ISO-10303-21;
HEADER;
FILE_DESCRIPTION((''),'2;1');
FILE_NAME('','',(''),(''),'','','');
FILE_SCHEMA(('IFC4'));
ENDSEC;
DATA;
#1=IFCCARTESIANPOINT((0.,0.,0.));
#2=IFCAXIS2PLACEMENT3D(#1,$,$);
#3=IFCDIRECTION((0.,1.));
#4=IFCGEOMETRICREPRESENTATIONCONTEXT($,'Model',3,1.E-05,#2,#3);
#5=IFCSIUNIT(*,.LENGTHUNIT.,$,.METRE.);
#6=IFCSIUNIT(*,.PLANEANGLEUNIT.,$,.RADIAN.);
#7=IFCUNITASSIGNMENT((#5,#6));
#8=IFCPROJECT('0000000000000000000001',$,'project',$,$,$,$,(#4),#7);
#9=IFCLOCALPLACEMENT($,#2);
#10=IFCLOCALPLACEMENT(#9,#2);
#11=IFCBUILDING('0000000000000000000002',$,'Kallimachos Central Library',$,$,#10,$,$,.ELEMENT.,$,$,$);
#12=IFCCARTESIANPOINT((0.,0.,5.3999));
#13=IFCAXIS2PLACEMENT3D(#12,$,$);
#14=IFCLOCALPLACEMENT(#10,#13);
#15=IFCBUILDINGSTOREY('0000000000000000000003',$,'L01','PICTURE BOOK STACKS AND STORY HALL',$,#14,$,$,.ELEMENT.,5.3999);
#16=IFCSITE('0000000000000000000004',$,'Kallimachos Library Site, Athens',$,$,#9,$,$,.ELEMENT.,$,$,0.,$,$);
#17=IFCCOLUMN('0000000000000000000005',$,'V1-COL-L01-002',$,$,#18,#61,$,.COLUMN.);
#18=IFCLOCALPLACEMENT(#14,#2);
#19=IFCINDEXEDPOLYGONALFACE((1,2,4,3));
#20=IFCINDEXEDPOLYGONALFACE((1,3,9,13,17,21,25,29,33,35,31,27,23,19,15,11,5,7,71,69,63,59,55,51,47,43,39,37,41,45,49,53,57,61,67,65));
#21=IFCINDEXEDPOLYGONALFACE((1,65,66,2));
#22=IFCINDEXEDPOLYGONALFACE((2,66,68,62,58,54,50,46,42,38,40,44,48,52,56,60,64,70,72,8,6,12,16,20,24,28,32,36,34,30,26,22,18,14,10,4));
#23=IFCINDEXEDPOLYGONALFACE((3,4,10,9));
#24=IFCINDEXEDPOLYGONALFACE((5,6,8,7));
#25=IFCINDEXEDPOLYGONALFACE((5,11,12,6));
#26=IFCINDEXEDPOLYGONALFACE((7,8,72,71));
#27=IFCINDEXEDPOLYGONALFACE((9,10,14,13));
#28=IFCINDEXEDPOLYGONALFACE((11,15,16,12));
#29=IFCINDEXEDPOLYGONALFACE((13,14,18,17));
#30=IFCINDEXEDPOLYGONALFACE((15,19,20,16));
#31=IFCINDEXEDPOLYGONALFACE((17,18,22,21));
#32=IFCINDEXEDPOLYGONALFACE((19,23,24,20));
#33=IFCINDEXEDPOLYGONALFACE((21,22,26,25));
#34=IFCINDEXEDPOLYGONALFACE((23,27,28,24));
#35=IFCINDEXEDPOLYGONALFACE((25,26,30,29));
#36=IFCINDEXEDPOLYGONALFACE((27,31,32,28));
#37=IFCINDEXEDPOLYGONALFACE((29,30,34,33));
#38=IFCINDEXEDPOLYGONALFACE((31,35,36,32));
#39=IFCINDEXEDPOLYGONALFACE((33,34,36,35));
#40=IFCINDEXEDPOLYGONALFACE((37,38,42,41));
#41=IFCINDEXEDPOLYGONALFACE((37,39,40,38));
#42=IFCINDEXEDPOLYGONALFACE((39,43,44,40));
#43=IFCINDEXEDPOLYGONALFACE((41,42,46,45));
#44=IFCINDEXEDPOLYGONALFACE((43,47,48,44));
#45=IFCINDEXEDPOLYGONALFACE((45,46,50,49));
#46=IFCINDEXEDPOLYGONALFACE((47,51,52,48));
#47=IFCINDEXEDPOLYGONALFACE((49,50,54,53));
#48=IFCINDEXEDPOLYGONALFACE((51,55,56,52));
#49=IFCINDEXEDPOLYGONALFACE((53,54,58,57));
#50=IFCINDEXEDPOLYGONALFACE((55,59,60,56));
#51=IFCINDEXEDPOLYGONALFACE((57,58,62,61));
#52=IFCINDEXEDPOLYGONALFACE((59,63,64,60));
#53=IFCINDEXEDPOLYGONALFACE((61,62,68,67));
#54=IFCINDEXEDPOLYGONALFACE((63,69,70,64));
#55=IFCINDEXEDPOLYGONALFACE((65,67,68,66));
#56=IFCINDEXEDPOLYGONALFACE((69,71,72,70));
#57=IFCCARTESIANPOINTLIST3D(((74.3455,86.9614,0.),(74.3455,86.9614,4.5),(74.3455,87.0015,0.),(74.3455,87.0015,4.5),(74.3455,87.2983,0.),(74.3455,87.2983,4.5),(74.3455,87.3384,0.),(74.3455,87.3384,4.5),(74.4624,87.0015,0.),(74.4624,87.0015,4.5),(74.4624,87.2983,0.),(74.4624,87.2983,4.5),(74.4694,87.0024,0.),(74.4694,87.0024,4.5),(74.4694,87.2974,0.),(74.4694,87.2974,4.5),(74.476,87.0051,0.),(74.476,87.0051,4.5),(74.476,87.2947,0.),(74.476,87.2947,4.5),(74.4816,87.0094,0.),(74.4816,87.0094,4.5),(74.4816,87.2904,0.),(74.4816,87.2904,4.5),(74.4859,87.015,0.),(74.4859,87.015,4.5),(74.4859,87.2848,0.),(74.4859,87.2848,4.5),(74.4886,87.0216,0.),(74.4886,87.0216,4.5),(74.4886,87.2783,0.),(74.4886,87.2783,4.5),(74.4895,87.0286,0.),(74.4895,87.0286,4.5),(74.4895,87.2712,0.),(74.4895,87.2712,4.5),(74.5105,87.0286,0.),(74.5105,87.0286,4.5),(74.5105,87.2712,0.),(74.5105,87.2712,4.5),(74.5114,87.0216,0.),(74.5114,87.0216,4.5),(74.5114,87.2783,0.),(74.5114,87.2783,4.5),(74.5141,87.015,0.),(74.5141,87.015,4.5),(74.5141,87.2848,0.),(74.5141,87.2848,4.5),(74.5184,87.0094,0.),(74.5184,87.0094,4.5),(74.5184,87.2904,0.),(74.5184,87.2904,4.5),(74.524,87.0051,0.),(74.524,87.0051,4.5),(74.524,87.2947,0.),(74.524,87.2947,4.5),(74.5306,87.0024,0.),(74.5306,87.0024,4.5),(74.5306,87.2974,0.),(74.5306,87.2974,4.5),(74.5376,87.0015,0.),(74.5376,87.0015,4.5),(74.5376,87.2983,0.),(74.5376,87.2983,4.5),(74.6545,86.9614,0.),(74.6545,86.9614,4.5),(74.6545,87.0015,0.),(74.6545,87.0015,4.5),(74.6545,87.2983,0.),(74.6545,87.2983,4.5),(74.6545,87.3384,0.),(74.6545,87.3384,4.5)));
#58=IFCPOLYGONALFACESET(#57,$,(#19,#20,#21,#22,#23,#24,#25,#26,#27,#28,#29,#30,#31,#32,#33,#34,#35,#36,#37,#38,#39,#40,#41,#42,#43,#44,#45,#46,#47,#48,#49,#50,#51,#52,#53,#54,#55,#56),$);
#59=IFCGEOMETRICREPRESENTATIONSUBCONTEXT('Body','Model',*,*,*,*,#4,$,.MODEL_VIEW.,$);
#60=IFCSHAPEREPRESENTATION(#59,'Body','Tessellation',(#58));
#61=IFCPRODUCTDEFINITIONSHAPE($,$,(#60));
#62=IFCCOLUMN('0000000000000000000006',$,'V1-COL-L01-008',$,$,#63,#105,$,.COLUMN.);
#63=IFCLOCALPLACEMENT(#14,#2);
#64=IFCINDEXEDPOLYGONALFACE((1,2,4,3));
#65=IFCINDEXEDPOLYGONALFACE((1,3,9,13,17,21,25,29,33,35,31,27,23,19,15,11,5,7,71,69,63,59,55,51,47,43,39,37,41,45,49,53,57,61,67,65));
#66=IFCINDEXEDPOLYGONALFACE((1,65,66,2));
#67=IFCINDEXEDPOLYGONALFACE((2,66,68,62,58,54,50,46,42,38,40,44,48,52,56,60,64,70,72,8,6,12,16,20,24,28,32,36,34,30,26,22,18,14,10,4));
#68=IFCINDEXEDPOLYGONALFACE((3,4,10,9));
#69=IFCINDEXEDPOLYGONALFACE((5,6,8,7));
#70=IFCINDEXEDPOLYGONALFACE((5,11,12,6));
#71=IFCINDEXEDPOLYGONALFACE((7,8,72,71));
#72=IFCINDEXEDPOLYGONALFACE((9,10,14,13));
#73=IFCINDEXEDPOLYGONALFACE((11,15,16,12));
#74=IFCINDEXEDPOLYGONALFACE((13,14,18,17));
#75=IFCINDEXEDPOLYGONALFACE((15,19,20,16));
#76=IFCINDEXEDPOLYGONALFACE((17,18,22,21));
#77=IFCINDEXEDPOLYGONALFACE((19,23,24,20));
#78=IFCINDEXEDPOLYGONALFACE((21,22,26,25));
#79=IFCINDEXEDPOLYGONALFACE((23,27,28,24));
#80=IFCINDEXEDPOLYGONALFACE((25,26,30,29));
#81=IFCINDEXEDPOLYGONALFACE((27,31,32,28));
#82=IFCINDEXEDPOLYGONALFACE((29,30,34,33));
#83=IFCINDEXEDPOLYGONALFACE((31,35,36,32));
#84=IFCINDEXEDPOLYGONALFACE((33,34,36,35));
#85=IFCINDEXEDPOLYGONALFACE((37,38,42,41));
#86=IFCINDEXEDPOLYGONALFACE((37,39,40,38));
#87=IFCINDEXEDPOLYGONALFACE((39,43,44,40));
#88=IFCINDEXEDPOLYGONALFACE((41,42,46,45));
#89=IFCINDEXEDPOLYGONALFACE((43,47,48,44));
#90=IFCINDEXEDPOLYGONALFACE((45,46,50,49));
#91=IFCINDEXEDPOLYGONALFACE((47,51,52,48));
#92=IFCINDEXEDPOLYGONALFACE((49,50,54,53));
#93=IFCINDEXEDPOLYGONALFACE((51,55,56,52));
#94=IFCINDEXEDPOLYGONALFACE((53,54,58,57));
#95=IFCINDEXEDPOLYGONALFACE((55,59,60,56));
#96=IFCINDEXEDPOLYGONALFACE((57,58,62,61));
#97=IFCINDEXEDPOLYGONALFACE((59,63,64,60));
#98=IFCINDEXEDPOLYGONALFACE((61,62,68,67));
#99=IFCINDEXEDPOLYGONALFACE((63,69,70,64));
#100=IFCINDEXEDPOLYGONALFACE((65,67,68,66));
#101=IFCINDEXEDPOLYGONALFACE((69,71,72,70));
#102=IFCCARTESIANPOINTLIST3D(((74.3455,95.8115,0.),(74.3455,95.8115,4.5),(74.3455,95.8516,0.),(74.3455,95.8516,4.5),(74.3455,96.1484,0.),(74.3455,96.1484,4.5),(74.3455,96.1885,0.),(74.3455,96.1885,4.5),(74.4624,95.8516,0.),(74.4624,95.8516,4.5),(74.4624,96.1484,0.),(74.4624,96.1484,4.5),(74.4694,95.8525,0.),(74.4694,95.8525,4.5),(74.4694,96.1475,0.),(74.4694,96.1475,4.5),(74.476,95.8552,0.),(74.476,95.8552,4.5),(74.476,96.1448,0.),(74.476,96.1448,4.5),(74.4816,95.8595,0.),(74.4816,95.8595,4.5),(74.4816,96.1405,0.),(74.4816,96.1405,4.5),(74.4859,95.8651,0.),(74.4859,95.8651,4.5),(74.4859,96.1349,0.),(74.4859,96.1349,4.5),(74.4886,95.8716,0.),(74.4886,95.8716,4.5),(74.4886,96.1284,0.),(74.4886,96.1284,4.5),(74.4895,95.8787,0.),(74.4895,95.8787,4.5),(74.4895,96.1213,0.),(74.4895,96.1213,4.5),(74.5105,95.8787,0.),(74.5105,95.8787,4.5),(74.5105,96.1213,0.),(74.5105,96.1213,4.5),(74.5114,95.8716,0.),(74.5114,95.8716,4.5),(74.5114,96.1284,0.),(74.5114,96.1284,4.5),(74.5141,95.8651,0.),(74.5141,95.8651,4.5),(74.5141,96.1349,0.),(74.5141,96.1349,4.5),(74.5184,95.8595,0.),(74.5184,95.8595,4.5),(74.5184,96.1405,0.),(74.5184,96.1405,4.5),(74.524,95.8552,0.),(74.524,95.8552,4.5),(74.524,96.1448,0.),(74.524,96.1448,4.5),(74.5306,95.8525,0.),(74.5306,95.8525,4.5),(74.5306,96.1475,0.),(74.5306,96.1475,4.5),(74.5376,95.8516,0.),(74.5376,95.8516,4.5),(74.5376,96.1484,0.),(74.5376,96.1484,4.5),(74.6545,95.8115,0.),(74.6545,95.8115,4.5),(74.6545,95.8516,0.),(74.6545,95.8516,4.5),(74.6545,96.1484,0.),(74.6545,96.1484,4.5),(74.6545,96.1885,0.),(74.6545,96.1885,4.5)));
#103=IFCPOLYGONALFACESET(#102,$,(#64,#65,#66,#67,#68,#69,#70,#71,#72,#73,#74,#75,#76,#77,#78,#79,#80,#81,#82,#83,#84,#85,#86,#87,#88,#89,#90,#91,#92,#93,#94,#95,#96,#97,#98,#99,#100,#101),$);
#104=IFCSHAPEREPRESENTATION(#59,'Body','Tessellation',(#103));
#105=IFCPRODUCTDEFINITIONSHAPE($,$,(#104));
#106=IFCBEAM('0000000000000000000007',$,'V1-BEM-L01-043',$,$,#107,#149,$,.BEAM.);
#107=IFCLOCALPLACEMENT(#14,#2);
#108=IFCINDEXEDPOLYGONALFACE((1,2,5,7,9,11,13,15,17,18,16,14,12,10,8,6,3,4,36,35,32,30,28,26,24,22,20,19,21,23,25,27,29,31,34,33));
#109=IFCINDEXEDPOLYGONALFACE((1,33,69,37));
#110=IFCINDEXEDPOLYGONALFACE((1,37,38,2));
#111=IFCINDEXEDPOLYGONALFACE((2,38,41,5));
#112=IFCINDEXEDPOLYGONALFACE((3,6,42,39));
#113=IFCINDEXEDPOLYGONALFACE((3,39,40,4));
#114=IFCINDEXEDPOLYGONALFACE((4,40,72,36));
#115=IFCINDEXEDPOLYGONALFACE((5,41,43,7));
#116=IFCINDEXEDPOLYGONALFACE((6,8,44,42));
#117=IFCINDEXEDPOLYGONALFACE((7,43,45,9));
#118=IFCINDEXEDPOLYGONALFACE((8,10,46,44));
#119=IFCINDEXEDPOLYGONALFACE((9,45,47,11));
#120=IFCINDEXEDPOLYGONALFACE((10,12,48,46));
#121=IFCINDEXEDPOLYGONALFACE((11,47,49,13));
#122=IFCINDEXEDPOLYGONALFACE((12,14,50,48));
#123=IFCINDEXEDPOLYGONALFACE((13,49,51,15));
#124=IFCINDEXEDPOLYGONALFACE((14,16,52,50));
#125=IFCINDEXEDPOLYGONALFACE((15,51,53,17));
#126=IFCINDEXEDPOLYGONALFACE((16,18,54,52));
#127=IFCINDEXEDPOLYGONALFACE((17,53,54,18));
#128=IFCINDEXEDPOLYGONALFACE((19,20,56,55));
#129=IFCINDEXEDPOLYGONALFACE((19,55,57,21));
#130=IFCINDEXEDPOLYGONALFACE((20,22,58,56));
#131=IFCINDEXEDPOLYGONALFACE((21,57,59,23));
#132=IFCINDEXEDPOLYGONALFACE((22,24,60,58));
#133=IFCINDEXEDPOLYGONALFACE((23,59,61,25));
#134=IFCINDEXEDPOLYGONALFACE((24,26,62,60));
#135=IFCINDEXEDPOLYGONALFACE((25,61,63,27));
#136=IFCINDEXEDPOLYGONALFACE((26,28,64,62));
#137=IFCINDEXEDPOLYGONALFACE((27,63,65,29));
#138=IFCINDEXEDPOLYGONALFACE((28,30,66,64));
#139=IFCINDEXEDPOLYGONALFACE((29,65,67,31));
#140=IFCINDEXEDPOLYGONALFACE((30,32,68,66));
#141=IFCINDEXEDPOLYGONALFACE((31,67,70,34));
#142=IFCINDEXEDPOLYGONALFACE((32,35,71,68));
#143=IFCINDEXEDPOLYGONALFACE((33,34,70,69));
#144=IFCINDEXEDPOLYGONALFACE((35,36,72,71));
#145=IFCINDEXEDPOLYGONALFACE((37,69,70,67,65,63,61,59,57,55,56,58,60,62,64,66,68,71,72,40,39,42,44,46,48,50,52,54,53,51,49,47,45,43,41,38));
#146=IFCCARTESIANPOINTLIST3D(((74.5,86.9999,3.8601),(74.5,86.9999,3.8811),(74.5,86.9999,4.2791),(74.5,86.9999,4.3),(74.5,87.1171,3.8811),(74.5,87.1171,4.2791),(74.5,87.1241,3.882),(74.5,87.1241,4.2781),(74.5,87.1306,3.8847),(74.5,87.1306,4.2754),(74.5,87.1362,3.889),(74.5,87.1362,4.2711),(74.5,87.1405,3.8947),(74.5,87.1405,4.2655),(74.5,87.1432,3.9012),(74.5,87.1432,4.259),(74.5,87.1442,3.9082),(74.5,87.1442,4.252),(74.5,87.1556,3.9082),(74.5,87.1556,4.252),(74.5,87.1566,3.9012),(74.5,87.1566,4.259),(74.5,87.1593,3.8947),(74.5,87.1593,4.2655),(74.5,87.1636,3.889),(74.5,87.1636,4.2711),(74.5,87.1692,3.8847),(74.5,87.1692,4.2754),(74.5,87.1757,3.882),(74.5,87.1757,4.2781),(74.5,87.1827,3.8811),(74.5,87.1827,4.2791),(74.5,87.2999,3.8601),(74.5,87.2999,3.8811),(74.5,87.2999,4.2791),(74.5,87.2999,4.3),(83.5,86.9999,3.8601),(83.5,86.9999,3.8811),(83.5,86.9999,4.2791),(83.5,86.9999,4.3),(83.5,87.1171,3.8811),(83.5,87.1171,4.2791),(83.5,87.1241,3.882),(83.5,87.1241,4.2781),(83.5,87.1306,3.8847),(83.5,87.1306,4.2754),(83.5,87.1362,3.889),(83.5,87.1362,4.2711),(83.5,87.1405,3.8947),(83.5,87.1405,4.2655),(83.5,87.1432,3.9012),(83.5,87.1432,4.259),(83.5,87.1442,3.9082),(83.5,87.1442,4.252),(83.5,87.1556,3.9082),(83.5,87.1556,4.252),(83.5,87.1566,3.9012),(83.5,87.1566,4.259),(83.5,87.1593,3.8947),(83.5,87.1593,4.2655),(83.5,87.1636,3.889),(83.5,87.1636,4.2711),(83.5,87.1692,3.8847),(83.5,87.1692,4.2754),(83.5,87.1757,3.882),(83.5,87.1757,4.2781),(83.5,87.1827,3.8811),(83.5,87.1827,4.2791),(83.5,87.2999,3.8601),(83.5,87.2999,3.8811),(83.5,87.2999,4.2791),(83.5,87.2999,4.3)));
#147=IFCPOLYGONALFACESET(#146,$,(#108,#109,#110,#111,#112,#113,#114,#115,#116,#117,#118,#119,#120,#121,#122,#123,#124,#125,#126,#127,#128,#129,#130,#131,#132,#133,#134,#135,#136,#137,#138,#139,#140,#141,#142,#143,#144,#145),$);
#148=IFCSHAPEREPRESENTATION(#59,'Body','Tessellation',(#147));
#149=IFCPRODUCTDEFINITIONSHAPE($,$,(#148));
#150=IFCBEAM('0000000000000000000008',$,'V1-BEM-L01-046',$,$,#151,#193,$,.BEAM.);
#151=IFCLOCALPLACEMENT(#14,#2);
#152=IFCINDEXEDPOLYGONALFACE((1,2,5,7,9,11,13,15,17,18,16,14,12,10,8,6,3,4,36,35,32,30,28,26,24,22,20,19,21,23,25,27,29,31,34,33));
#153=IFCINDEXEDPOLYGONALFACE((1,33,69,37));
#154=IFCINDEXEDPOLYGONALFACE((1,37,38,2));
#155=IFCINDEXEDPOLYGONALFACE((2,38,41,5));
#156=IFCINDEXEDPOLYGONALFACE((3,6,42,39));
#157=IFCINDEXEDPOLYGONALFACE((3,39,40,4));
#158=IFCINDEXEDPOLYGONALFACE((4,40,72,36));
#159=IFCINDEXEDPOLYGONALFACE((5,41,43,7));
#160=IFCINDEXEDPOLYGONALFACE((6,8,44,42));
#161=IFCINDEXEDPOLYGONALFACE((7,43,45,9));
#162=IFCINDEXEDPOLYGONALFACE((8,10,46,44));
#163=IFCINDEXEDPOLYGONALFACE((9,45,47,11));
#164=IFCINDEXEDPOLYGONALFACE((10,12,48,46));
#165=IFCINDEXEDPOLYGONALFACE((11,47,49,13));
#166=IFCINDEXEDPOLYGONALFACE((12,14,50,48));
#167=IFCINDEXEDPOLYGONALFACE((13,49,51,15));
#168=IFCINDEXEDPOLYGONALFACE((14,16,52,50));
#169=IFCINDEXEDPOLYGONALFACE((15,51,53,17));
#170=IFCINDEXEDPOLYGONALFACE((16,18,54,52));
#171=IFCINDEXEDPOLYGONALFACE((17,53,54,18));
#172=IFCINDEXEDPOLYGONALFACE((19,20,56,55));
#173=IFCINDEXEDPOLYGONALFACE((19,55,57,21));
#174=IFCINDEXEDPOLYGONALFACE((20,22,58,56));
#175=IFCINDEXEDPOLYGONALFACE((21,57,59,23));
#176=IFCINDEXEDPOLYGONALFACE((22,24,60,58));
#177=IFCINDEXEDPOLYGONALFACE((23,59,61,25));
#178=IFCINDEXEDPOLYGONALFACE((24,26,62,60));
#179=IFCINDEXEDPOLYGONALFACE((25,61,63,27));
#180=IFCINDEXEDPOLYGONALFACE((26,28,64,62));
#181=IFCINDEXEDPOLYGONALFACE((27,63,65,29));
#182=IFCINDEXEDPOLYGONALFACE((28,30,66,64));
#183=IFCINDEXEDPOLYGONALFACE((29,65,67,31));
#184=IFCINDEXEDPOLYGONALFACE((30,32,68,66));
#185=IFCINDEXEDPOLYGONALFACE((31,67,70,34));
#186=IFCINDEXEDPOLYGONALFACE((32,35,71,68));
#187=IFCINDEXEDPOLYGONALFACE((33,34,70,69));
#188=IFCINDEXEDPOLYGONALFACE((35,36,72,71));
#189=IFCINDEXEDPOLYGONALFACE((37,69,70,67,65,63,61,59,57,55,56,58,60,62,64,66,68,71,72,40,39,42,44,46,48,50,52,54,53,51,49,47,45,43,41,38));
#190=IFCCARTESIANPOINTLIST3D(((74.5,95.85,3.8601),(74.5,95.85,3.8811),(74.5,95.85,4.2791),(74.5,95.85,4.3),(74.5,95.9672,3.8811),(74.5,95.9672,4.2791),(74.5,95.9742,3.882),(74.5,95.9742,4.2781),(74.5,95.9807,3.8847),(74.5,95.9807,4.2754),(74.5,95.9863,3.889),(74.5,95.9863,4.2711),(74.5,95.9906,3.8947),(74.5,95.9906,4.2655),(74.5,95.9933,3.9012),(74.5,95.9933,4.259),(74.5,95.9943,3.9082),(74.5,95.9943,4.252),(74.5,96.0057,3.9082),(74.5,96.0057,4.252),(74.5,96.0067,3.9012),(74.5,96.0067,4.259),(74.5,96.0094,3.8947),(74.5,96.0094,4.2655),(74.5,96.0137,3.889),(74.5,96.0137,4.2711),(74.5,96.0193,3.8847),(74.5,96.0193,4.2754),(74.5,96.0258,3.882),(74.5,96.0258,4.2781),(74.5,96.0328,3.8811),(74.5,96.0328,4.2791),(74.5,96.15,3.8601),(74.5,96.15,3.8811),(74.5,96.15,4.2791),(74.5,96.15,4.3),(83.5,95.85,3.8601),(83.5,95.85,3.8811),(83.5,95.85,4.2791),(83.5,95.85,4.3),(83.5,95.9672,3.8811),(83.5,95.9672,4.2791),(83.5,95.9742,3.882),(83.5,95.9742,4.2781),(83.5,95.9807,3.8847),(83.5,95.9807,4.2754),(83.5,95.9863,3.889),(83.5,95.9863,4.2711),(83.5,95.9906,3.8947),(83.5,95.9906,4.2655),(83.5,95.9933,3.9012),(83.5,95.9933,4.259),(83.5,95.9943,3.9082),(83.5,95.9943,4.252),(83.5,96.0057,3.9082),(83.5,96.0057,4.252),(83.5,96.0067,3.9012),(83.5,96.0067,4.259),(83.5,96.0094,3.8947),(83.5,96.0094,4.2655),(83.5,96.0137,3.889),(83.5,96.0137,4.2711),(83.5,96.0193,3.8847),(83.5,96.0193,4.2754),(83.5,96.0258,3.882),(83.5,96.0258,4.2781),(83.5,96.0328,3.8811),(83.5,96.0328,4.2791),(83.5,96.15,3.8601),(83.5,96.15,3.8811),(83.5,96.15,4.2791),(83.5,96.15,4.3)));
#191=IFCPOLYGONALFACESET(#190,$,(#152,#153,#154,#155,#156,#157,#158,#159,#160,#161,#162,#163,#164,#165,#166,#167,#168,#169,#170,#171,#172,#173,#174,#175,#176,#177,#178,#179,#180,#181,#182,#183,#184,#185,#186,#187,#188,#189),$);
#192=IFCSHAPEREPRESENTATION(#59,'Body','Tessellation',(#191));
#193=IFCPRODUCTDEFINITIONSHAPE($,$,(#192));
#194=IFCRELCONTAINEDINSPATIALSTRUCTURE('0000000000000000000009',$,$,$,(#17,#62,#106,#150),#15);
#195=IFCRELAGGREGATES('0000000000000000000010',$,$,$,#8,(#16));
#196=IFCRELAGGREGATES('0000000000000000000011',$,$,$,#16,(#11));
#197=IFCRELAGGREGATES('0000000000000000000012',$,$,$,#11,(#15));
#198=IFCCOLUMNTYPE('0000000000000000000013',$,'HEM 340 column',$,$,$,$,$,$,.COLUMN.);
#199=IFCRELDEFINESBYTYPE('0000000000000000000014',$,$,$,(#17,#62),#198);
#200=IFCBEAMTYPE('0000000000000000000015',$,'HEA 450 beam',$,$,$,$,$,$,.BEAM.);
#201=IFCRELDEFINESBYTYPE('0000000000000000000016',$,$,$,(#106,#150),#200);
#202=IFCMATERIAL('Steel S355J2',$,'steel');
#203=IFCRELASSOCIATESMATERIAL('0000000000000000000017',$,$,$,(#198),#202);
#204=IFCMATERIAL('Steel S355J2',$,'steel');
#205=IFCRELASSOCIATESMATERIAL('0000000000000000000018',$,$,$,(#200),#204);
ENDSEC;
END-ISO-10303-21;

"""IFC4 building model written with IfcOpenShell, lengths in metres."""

from ifc_helpers import new_model, si_unit, direction, frame, origin, origin_2d, place, context, subcontext, project, spatial, i_section, extrude, material, material_profile, profile_set, type_object, element, save


model = new_model("IFC4")

# Units and contexts
model_context = context("Model", 3, precision=1e-05, world=origin(), true_north=direction((0.0, 1.0)))
body_context = subcontext(model_context, "Body", "Model", "MODEL_VIEW")
ifc_project = project(units=[si_unit("LENGTHUNIT", "METRE"), si_unit("PLANEANGLEUNIT", "RADIAN")], contexts=[model_context])

# Site, building, storey
site_placement = place(None, origin())
site = spatial("IfcSite", under=ifc_project, at=site_placement, Name="Kallimachos Library Site, Athens", CompositionType="ELEMENT", RefElevation=0.0)
building_placement = place(site_placement, origin())
building = spatial("IfcBuilding", under=site, at=building_placement, Name="Kallimachos Central Library", CompositionType="ELEMENT")
storey_placement = place(building_placement, frame((0.0, 0.0, 5.3999)))
storey = spatial("IfcBuildingStorey", under=building, at=storey_placement, Name="L01", Description="PICTURE BOOK STACKS AND STORY HALL", CompositionType="ELEMENT", Elevation=5.3999)

# Columns
ifc_material_1 = material(Name="Steel S355J2", Category="steel")
ifc_material_profile_1 = material_profile(ifc_material_1, i_section(OverallWidth=0.3091, OverallDepth=0.377, WebThickness=0.021, FlangeThickness=0.04, FilletRadius=0.0271, at=origin_2d()), Name="HEM 340")
ifc_profile_set_1 = profile_set([ifc_material_profile_1], Name="Steel S355J2")
column_type = type_object("IfcColumnType", Name="HEM 340 column", PredefinedType="COLUMN", material=ifc_profile_set_1)
for number, where, z_axis, x_axis, name in (
    (1, (74.5, 87.1499, 0.0), (0.0, 0.0, 1.0), (1.0, 0.0, 0.0), "V1-COL-L01-002"),
    (2, (74.5, 96.0, 0.0), (0.0, 0.0, 1.0), (1.0, 0.0, 0.0), "V1-COL-L01-008"),
):
    element("IfcColumn", number, at=place(storey_placement, frame(where, z_axis=z_axis, x_axis=x_axis)), inside=storey, type_object=column_type, Name=name, PredefinedType="COLUMN", context=body_context, shape_type="SweptSolid", body=[
        extrude(i_section(OverallWidth=0.3091, OverallDepth=0.377, WebThickness=0.021, FlangeThickness=0.04, FilletRadius=0.0271, at=origin_2d()), origin(), (0.0, 0.0, 1.0), 4.5),
    ])

# Beams
ifc_material_2 = material(Name="Steel S355J2", Category="steel")
ifc_material_profile_2 = material_profile(ifc_material_2, i_section(OverallWidth=0.3, OverallDepth=0.4399, WebThickness=0.0115, FlangeThickness=0.021, FilletRadius=0.0271, at=origin_2d()), Name="HEA 450")
ifc_profile_set_2 = profile_set([ifc_material_profile_2], Name="Steel S355J2")
beam_type_1 = type_object("IfcBeamType", Name="HEA 450 beam", PredefinedType="BEAM", material=ifc_profile_set_2)
for number, where, z_axis, x_axis, name in (
    (3, (74.5, 87.1499, 4.0801), (1.0, 0.0, 0.0), (0.0, 1.0, 0.0), "V1-BEM-L01-043"),
    (4, (74.5, 96.0, 4.0801), (1.0, 0.0, 0.0), (0.0, 1.0, 0.0), "V1-BEM-L01-046"),
):
    element("IfcBeam", number, at=place(storey_placement, frame(where, z_axis=z_axis, x_axis=x_axis)), inside=storey, type_object=beam_type_1, Name=name, PredefinedType="BEAM", context=body_context, shape_type="SweptSolid", body=[
        extrude(i_section(OverallWidth=0.3, OverallDepth=0.4399, WebThickness=0.0115, FlangeThickness=0.021, FilletRadius=0.0271, at=origin_2d()), origin(), (0.0, 0.0, 1.0), 9.0),
    ])

save(model, "model.ifc")
